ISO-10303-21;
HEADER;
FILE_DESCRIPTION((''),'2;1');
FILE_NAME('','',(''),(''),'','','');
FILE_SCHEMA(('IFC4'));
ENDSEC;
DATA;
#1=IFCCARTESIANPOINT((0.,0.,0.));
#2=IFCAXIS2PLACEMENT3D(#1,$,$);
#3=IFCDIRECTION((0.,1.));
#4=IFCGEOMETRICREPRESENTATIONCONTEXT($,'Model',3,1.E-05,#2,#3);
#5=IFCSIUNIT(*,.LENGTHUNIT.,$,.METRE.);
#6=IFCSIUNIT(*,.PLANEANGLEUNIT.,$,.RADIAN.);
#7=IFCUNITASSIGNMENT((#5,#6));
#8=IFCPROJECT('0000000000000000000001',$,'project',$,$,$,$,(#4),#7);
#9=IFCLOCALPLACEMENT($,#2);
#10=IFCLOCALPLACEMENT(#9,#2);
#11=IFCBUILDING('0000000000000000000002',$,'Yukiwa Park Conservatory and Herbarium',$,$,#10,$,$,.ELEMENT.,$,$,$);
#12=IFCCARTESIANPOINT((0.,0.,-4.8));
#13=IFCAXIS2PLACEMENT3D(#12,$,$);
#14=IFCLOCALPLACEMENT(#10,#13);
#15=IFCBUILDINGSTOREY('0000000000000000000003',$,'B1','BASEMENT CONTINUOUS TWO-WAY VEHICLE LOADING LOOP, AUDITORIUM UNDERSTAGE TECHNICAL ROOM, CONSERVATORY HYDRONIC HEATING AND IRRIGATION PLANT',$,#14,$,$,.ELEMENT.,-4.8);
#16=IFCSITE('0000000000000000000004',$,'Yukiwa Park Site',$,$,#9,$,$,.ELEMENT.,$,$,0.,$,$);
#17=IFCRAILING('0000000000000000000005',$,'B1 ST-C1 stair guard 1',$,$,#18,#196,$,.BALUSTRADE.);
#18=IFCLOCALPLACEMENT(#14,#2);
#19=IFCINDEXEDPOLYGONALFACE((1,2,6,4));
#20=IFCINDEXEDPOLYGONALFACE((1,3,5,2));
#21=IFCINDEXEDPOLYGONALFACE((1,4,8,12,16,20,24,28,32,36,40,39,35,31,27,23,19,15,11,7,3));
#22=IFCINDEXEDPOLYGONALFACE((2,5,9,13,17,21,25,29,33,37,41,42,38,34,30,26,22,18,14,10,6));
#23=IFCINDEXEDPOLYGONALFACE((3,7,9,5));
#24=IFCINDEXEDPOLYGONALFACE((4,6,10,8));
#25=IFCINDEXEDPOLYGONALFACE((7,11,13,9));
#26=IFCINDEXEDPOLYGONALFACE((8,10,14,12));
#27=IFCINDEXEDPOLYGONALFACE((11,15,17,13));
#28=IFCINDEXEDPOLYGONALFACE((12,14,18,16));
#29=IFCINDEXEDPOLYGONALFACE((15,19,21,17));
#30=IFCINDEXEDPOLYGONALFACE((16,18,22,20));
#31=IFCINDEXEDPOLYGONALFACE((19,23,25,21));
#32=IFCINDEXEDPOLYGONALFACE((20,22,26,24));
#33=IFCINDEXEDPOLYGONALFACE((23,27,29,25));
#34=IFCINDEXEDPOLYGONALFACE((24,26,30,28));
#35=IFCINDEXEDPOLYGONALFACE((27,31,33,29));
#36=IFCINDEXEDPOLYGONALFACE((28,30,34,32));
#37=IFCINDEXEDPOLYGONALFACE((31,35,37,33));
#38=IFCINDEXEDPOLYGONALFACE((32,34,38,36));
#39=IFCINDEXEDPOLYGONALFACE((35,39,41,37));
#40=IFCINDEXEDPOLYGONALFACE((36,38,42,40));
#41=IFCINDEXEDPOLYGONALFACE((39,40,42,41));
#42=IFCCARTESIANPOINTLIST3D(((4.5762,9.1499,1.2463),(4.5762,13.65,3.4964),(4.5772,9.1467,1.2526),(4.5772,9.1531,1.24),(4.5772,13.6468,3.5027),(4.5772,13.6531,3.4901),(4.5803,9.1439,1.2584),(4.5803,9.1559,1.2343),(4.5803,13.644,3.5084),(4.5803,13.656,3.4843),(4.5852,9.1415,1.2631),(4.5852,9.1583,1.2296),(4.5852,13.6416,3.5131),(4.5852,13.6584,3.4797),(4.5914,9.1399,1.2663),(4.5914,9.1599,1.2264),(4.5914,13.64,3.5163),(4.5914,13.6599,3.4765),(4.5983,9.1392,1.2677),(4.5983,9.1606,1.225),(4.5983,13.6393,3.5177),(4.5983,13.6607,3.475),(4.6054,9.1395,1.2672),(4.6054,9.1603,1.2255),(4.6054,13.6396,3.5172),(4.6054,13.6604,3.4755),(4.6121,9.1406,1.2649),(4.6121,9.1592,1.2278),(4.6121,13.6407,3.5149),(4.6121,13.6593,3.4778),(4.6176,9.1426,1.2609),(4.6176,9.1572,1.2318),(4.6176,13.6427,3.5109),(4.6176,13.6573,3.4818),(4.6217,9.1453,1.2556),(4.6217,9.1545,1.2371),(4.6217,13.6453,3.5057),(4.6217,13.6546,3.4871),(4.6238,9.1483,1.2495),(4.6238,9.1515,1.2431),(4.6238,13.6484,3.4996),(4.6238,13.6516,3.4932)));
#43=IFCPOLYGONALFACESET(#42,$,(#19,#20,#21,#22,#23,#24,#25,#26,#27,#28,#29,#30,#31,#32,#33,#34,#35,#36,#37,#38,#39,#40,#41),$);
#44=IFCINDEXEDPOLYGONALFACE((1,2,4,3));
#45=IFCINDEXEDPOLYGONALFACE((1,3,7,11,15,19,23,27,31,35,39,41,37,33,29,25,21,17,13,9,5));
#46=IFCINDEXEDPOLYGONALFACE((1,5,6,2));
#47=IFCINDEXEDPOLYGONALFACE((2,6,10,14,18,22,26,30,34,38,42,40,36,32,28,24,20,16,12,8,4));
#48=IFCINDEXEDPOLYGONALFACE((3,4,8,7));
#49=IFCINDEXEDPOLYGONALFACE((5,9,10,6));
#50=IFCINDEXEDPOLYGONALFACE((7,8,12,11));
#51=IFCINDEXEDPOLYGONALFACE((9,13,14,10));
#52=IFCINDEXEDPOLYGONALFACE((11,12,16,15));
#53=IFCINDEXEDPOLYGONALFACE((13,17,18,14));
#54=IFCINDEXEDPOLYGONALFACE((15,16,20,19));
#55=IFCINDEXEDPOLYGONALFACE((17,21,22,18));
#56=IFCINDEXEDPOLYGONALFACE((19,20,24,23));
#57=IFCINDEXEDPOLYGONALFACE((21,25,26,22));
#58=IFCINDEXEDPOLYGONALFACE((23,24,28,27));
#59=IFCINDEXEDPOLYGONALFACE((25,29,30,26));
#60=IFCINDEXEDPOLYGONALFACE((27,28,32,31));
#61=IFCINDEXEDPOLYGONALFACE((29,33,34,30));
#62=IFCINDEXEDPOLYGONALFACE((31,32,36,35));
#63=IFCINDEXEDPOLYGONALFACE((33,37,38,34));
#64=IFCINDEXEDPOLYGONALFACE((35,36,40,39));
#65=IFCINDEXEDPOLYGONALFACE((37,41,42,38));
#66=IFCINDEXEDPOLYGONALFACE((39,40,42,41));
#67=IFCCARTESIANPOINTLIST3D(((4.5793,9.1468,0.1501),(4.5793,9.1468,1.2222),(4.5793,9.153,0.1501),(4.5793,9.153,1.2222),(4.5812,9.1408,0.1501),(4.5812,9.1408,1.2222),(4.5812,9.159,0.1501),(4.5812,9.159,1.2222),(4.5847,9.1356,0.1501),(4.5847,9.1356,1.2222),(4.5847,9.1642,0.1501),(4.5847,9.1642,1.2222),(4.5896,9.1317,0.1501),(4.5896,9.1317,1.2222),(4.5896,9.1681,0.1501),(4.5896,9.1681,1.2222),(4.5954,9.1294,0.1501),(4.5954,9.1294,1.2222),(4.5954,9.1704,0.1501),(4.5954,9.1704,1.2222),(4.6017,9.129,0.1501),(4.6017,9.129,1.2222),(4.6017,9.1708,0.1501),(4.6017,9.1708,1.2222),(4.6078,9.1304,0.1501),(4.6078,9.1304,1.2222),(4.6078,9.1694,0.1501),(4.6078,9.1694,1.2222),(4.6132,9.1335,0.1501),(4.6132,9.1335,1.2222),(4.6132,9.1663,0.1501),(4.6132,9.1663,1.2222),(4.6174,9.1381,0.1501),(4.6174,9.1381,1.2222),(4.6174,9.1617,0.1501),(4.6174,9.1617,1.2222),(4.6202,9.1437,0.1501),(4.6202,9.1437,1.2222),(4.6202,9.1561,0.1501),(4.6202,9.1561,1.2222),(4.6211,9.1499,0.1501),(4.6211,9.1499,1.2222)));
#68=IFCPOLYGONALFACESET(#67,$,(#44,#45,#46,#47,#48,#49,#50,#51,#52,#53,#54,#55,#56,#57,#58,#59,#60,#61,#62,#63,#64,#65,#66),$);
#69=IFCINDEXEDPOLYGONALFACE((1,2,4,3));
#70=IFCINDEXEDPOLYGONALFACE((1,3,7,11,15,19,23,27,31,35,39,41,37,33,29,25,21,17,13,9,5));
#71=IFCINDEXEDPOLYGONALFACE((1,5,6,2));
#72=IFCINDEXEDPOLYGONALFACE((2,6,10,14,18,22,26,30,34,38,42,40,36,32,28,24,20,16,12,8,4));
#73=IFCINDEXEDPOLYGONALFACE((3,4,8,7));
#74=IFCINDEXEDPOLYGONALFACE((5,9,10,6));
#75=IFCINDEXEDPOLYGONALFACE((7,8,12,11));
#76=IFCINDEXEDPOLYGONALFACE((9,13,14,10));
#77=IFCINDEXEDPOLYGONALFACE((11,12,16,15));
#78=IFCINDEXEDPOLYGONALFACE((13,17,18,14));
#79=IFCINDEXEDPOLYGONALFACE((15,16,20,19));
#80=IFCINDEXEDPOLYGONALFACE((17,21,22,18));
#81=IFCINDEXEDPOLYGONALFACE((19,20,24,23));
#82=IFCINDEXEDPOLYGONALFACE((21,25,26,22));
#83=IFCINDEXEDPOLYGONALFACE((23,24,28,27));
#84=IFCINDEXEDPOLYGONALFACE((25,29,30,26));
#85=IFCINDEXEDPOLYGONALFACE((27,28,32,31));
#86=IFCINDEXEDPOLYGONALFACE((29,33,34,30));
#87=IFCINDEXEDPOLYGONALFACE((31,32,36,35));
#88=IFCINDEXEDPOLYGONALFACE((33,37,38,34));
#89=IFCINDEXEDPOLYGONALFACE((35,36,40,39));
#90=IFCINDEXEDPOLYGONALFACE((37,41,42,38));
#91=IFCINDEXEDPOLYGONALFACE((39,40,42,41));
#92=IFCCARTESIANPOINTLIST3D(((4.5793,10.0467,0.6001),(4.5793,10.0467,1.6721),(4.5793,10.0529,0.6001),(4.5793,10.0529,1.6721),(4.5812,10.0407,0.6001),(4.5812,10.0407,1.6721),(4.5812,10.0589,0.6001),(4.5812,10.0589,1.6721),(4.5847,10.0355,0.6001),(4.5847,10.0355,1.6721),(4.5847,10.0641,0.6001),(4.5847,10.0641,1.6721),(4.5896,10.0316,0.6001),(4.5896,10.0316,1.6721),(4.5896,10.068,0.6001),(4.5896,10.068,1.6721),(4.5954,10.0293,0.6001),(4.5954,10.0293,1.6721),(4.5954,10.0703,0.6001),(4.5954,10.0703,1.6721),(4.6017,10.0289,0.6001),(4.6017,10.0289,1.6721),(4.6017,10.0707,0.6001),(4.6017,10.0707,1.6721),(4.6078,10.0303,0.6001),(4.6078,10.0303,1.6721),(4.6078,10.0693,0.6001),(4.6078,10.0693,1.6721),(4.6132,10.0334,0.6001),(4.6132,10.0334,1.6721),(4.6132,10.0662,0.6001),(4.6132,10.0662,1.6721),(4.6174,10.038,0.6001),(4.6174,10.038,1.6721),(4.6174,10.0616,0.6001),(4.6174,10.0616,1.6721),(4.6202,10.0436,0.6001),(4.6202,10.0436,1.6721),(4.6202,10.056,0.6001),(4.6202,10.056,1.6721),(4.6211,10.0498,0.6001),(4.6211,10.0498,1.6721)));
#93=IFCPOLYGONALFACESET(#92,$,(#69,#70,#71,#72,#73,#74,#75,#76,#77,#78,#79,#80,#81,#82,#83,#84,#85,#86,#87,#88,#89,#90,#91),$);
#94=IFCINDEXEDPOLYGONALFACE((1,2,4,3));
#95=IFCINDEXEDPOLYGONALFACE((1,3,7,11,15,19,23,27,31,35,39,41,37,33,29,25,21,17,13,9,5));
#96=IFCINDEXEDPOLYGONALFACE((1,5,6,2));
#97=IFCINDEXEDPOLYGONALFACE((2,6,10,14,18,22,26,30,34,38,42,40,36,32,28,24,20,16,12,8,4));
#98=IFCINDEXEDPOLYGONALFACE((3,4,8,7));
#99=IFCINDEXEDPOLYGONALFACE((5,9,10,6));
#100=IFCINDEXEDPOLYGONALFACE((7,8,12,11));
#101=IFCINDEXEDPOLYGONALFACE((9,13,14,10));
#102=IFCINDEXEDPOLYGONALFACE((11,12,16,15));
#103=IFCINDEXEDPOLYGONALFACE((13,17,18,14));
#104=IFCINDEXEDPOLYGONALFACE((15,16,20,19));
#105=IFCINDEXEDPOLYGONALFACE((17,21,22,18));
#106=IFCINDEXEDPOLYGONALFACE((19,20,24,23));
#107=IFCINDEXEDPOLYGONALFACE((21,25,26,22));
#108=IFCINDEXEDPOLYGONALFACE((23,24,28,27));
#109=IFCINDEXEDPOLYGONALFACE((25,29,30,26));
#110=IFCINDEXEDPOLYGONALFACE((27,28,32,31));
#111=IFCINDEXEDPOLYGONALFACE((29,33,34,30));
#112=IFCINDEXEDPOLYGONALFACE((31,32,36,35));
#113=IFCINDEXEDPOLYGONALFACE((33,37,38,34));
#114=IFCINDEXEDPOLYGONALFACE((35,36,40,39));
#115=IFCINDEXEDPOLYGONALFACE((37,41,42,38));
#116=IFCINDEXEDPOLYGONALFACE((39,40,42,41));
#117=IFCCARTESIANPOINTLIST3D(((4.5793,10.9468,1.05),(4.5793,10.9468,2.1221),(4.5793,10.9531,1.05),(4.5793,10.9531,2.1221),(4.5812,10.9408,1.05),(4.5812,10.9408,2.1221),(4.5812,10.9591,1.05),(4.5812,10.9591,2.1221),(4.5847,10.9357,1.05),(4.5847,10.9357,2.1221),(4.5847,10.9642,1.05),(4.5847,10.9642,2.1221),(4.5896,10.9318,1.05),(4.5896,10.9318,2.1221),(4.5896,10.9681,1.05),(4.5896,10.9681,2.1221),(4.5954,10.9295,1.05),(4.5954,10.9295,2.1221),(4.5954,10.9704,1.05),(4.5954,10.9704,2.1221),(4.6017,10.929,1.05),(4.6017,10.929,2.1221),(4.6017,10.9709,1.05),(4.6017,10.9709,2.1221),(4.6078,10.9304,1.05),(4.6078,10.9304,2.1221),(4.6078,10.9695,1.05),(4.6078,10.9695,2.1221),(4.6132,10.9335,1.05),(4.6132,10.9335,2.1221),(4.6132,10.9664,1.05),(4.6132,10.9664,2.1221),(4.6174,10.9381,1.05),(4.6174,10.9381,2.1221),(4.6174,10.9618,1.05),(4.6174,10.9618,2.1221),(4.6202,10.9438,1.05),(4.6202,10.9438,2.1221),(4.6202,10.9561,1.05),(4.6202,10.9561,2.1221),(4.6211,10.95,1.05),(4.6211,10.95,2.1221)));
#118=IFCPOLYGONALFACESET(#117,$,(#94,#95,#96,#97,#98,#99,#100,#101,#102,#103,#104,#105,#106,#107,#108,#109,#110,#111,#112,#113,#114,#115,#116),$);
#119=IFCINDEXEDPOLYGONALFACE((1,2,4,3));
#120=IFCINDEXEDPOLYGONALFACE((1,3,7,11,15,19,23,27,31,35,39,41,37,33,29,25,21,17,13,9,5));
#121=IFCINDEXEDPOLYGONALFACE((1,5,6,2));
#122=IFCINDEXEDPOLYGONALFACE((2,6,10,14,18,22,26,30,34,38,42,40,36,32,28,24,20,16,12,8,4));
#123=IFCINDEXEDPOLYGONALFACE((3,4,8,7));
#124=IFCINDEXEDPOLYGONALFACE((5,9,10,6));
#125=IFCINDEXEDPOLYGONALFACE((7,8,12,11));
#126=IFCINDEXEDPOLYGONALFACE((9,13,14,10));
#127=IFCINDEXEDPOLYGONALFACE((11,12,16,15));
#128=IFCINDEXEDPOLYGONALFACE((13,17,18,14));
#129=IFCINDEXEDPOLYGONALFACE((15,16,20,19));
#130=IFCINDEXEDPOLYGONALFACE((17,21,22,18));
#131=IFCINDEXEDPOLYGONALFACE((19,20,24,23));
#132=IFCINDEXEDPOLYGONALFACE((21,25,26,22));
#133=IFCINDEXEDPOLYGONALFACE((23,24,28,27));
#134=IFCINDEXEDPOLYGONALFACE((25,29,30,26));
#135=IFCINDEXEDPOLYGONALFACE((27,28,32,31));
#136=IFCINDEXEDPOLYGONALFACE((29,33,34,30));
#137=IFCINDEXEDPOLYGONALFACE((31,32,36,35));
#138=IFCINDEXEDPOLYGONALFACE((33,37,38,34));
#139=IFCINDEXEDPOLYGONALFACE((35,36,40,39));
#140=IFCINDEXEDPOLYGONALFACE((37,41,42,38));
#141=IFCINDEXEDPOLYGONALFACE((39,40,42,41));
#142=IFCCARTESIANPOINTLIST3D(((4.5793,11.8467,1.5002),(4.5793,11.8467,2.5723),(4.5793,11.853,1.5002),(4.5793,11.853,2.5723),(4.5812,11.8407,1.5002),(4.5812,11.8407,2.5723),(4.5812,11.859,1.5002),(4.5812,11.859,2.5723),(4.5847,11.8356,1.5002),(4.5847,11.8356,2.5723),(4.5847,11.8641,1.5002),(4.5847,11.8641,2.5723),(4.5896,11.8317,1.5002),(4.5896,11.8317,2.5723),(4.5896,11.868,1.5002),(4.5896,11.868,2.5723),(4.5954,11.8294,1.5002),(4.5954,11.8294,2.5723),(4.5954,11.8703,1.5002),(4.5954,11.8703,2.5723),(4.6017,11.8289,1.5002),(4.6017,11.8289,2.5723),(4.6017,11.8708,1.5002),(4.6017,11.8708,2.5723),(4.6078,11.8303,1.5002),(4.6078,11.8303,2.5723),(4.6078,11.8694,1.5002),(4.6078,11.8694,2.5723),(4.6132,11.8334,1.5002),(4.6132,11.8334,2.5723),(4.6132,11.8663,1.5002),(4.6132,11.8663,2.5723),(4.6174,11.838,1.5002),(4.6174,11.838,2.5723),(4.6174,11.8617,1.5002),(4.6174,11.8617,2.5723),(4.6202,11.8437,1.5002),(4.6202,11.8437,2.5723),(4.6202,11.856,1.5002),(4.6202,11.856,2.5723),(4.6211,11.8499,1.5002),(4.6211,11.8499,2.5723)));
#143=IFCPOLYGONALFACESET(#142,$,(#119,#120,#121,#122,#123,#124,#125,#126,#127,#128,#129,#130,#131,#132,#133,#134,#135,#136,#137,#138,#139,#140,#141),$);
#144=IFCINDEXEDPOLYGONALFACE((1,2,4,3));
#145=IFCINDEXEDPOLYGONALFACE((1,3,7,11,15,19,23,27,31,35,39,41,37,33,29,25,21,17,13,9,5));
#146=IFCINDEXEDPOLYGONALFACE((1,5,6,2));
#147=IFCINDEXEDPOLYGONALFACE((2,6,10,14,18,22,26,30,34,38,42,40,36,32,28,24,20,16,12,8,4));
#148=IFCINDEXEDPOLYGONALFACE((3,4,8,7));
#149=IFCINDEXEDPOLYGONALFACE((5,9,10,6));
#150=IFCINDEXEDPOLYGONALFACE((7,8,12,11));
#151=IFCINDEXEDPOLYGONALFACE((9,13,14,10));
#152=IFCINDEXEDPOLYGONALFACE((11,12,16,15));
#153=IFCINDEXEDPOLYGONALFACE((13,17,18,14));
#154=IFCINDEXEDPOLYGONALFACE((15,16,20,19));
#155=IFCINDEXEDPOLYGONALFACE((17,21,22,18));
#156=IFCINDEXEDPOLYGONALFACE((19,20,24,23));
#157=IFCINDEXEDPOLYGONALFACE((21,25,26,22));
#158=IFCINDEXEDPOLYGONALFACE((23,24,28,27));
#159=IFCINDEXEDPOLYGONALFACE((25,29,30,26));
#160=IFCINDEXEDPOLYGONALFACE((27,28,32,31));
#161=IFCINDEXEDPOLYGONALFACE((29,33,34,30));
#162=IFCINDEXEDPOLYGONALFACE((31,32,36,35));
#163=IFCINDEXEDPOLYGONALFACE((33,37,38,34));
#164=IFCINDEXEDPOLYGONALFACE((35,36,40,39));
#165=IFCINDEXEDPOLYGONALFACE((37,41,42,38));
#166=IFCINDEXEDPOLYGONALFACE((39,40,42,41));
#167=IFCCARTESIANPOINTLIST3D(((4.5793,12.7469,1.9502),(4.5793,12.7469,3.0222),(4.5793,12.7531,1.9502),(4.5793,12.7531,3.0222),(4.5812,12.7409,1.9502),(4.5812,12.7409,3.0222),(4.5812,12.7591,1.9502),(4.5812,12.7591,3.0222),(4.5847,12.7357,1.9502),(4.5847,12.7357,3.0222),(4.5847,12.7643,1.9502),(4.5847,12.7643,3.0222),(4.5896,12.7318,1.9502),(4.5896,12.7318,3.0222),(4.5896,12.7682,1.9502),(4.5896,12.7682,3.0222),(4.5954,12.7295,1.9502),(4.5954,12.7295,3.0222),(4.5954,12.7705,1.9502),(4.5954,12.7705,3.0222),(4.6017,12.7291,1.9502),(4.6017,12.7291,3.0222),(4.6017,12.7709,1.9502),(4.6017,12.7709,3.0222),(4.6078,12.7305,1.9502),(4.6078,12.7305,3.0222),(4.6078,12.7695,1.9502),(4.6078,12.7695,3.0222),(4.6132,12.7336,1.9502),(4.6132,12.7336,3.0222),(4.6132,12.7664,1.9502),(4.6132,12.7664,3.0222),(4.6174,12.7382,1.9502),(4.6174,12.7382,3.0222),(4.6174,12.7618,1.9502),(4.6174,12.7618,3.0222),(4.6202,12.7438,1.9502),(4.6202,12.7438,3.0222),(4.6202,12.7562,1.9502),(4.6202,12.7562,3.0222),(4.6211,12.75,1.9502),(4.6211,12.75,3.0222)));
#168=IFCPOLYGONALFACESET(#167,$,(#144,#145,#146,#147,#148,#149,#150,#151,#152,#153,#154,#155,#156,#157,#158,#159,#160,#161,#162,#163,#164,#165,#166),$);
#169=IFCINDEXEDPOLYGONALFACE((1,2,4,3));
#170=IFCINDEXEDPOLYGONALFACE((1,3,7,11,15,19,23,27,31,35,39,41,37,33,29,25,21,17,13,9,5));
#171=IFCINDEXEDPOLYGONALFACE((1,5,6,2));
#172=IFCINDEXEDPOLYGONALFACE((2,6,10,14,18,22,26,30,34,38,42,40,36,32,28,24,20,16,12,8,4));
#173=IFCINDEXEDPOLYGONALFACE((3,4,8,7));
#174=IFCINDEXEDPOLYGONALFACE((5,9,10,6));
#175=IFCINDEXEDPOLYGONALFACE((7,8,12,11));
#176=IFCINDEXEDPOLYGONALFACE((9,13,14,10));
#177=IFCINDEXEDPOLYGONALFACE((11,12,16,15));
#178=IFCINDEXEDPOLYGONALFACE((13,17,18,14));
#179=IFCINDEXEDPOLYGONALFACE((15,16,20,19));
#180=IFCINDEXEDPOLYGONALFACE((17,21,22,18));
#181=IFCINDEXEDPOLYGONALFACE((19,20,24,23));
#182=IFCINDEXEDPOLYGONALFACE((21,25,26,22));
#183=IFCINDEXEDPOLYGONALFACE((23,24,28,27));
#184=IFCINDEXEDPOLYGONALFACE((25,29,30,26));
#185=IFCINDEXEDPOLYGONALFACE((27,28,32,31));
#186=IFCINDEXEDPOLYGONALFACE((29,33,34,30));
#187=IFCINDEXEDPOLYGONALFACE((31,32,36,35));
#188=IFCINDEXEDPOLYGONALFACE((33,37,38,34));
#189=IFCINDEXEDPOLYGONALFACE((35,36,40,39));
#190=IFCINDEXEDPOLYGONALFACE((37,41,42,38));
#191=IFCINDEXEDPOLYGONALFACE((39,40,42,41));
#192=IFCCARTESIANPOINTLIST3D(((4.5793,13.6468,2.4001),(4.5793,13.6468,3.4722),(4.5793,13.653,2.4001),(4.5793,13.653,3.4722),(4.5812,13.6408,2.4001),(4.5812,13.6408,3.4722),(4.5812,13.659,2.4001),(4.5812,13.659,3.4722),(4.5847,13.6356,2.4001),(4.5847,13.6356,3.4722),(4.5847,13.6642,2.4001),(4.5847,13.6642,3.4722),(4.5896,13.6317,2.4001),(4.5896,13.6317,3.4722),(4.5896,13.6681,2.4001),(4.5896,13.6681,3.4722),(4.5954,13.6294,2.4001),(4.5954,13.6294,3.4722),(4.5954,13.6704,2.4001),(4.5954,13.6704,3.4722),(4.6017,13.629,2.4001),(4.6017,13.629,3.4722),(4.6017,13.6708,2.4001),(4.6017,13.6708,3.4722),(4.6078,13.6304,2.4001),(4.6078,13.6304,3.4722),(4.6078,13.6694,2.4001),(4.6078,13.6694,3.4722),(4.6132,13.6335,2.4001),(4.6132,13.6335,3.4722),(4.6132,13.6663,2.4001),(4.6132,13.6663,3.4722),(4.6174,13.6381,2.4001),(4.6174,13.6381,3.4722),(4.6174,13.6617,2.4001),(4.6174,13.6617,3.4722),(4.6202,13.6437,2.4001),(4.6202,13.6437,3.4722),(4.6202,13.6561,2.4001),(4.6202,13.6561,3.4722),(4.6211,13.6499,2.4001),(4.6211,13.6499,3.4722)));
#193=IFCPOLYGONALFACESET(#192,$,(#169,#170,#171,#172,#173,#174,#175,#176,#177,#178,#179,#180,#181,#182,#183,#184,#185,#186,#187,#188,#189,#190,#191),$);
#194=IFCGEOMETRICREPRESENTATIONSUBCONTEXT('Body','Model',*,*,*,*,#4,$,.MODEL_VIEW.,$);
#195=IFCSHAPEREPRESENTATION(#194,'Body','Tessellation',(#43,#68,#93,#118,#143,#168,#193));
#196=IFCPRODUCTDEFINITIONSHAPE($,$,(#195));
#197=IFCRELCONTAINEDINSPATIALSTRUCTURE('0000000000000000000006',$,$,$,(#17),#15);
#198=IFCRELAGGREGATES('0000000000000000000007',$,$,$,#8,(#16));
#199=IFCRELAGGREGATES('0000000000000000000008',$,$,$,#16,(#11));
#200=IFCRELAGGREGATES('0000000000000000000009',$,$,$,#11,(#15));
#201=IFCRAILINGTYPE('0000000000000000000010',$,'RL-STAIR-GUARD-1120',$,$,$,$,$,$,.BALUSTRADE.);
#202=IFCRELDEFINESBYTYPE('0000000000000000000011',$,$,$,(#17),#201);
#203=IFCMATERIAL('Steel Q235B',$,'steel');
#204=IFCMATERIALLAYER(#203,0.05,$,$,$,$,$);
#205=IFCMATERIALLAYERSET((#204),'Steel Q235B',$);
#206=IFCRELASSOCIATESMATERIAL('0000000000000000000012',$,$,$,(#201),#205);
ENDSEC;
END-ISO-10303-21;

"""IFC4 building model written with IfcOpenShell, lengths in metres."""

from ifc_helpers import new_model, si_unit, direction, frame, origin, origin_2d, place, context, subcontext, project, spatial, circle, extrude, material, layer, layer_set, type_object, element, save


model = new_model("IFC4")

# Units and contexts
model_context = context("Model", 3, precision=1e-05, world=origin(), true_north=direction((0.0, 1.0)))
body_context = subcontext(model_context, "Body", "Model", "MODEL_VIEW")
ifc_project = project(units=[si_unit("LENGTHUNIT", "METRE"), si_unit("PLANEANGLEUNIT", "RADIAN")], contexts=[model_context])

# Site, building, storey
site_placement = place(None, origin())
site = spatial("IfcSite", under=ifc_project, at=site_placement, Name="Yukiwa Park Site", CompositionType="ELEMENT", RefElevation=0.0)
building_placement = place(site_placement, origin())
building = spatial("IfcBuilding", under=site, at=building_placement, Name="Yukiwa Park Conservatory and Herbarium", CompositionType="ELEMENT")
storey_placement = place(building_placement, frame((0.0, 0.0, -4.8)))
storey = spatial("IfcBuildingStorey", under=building, at=storey_placement, Name="B1", Description="BASEMENT CONTINUOUS TWO-WAY VEHICLE LOADING LOOP, AUDITORIUM UNDERSTAGE TECHNICAL ROOM, CONSERVATORY HYDRONIC HEATING AND IRRIGATION PLANT", CompositionType="ELEMENT", Elevation=-4.8)

# Railing
ifc_material_1 = material(Name="Steel Q235B", Category="steel")
ifc_layer_1 = layer(ifc_material_1, 0.05)
ifc_layer_set_1 = layer_set([ifc_layer_1], Name="Steel Q235B")
railing_type_1 = type_object("IfcRailingType", Name="RL-STAIR-GUARD-1120", PredefinedType="BALUSTRADE", material=ifc_layer_set_1)
railing_1_placement = place(storey_placement, frame((4.6001, 9.1499, 0.1501)))
element("IfcRailing", 1, at=railing_1_placement, inside=storey, type_object=railing_type_1, Name="B1 ST-C1 stair guard 1", PredefinedType="BALUSTRADE", context=body_context, shape_type="SweptSolid", body=[
    extrude(circle(Radius=0.0239, at=origin_2d()), frame((0.0, 0.0, 1.0962), z_axis=(0.0, 0.894427, 0.447214), x_axis=(-1.0, 0.0, 0.0)), (0.0, 0.0, 1.0), 5.0312),
    extrude(circle(Radius=0.021, at=origin_2d()), origin(), (0.0, 0.0, 1.0), 1.072),
    extrude(circle(Radius=0.021, at=origin_2d()), frame((0.0, 0.8999, 0.45)), (0.0, 0.0, 1.0), 1.072),
    extrude(circle(Radius=0.021, at=origin_2d()), frame((0.0, 1.8, 0.8999)), (0.0, 0.0, 1.0), 1.072),
    extrude(circle(Radius=0.021, at=origin_2d()), frame((0.0, 2.7, 1.3501)), (0.0, 0.0, 1.0), 1.072),
    extrude(circle(Radius=0.021, at=origin_2d()), frame((0.0, 3.6001, 1.8)), (0.0, 0.0, 1.0), 1.072),
    extrude(circle(Radius=0.021, at=origin_2d()), frame((0.0, 4.5, 2.25)), (0.0, 0.0, 1.0), 1.072),
])

save(model, "model.ifc")
